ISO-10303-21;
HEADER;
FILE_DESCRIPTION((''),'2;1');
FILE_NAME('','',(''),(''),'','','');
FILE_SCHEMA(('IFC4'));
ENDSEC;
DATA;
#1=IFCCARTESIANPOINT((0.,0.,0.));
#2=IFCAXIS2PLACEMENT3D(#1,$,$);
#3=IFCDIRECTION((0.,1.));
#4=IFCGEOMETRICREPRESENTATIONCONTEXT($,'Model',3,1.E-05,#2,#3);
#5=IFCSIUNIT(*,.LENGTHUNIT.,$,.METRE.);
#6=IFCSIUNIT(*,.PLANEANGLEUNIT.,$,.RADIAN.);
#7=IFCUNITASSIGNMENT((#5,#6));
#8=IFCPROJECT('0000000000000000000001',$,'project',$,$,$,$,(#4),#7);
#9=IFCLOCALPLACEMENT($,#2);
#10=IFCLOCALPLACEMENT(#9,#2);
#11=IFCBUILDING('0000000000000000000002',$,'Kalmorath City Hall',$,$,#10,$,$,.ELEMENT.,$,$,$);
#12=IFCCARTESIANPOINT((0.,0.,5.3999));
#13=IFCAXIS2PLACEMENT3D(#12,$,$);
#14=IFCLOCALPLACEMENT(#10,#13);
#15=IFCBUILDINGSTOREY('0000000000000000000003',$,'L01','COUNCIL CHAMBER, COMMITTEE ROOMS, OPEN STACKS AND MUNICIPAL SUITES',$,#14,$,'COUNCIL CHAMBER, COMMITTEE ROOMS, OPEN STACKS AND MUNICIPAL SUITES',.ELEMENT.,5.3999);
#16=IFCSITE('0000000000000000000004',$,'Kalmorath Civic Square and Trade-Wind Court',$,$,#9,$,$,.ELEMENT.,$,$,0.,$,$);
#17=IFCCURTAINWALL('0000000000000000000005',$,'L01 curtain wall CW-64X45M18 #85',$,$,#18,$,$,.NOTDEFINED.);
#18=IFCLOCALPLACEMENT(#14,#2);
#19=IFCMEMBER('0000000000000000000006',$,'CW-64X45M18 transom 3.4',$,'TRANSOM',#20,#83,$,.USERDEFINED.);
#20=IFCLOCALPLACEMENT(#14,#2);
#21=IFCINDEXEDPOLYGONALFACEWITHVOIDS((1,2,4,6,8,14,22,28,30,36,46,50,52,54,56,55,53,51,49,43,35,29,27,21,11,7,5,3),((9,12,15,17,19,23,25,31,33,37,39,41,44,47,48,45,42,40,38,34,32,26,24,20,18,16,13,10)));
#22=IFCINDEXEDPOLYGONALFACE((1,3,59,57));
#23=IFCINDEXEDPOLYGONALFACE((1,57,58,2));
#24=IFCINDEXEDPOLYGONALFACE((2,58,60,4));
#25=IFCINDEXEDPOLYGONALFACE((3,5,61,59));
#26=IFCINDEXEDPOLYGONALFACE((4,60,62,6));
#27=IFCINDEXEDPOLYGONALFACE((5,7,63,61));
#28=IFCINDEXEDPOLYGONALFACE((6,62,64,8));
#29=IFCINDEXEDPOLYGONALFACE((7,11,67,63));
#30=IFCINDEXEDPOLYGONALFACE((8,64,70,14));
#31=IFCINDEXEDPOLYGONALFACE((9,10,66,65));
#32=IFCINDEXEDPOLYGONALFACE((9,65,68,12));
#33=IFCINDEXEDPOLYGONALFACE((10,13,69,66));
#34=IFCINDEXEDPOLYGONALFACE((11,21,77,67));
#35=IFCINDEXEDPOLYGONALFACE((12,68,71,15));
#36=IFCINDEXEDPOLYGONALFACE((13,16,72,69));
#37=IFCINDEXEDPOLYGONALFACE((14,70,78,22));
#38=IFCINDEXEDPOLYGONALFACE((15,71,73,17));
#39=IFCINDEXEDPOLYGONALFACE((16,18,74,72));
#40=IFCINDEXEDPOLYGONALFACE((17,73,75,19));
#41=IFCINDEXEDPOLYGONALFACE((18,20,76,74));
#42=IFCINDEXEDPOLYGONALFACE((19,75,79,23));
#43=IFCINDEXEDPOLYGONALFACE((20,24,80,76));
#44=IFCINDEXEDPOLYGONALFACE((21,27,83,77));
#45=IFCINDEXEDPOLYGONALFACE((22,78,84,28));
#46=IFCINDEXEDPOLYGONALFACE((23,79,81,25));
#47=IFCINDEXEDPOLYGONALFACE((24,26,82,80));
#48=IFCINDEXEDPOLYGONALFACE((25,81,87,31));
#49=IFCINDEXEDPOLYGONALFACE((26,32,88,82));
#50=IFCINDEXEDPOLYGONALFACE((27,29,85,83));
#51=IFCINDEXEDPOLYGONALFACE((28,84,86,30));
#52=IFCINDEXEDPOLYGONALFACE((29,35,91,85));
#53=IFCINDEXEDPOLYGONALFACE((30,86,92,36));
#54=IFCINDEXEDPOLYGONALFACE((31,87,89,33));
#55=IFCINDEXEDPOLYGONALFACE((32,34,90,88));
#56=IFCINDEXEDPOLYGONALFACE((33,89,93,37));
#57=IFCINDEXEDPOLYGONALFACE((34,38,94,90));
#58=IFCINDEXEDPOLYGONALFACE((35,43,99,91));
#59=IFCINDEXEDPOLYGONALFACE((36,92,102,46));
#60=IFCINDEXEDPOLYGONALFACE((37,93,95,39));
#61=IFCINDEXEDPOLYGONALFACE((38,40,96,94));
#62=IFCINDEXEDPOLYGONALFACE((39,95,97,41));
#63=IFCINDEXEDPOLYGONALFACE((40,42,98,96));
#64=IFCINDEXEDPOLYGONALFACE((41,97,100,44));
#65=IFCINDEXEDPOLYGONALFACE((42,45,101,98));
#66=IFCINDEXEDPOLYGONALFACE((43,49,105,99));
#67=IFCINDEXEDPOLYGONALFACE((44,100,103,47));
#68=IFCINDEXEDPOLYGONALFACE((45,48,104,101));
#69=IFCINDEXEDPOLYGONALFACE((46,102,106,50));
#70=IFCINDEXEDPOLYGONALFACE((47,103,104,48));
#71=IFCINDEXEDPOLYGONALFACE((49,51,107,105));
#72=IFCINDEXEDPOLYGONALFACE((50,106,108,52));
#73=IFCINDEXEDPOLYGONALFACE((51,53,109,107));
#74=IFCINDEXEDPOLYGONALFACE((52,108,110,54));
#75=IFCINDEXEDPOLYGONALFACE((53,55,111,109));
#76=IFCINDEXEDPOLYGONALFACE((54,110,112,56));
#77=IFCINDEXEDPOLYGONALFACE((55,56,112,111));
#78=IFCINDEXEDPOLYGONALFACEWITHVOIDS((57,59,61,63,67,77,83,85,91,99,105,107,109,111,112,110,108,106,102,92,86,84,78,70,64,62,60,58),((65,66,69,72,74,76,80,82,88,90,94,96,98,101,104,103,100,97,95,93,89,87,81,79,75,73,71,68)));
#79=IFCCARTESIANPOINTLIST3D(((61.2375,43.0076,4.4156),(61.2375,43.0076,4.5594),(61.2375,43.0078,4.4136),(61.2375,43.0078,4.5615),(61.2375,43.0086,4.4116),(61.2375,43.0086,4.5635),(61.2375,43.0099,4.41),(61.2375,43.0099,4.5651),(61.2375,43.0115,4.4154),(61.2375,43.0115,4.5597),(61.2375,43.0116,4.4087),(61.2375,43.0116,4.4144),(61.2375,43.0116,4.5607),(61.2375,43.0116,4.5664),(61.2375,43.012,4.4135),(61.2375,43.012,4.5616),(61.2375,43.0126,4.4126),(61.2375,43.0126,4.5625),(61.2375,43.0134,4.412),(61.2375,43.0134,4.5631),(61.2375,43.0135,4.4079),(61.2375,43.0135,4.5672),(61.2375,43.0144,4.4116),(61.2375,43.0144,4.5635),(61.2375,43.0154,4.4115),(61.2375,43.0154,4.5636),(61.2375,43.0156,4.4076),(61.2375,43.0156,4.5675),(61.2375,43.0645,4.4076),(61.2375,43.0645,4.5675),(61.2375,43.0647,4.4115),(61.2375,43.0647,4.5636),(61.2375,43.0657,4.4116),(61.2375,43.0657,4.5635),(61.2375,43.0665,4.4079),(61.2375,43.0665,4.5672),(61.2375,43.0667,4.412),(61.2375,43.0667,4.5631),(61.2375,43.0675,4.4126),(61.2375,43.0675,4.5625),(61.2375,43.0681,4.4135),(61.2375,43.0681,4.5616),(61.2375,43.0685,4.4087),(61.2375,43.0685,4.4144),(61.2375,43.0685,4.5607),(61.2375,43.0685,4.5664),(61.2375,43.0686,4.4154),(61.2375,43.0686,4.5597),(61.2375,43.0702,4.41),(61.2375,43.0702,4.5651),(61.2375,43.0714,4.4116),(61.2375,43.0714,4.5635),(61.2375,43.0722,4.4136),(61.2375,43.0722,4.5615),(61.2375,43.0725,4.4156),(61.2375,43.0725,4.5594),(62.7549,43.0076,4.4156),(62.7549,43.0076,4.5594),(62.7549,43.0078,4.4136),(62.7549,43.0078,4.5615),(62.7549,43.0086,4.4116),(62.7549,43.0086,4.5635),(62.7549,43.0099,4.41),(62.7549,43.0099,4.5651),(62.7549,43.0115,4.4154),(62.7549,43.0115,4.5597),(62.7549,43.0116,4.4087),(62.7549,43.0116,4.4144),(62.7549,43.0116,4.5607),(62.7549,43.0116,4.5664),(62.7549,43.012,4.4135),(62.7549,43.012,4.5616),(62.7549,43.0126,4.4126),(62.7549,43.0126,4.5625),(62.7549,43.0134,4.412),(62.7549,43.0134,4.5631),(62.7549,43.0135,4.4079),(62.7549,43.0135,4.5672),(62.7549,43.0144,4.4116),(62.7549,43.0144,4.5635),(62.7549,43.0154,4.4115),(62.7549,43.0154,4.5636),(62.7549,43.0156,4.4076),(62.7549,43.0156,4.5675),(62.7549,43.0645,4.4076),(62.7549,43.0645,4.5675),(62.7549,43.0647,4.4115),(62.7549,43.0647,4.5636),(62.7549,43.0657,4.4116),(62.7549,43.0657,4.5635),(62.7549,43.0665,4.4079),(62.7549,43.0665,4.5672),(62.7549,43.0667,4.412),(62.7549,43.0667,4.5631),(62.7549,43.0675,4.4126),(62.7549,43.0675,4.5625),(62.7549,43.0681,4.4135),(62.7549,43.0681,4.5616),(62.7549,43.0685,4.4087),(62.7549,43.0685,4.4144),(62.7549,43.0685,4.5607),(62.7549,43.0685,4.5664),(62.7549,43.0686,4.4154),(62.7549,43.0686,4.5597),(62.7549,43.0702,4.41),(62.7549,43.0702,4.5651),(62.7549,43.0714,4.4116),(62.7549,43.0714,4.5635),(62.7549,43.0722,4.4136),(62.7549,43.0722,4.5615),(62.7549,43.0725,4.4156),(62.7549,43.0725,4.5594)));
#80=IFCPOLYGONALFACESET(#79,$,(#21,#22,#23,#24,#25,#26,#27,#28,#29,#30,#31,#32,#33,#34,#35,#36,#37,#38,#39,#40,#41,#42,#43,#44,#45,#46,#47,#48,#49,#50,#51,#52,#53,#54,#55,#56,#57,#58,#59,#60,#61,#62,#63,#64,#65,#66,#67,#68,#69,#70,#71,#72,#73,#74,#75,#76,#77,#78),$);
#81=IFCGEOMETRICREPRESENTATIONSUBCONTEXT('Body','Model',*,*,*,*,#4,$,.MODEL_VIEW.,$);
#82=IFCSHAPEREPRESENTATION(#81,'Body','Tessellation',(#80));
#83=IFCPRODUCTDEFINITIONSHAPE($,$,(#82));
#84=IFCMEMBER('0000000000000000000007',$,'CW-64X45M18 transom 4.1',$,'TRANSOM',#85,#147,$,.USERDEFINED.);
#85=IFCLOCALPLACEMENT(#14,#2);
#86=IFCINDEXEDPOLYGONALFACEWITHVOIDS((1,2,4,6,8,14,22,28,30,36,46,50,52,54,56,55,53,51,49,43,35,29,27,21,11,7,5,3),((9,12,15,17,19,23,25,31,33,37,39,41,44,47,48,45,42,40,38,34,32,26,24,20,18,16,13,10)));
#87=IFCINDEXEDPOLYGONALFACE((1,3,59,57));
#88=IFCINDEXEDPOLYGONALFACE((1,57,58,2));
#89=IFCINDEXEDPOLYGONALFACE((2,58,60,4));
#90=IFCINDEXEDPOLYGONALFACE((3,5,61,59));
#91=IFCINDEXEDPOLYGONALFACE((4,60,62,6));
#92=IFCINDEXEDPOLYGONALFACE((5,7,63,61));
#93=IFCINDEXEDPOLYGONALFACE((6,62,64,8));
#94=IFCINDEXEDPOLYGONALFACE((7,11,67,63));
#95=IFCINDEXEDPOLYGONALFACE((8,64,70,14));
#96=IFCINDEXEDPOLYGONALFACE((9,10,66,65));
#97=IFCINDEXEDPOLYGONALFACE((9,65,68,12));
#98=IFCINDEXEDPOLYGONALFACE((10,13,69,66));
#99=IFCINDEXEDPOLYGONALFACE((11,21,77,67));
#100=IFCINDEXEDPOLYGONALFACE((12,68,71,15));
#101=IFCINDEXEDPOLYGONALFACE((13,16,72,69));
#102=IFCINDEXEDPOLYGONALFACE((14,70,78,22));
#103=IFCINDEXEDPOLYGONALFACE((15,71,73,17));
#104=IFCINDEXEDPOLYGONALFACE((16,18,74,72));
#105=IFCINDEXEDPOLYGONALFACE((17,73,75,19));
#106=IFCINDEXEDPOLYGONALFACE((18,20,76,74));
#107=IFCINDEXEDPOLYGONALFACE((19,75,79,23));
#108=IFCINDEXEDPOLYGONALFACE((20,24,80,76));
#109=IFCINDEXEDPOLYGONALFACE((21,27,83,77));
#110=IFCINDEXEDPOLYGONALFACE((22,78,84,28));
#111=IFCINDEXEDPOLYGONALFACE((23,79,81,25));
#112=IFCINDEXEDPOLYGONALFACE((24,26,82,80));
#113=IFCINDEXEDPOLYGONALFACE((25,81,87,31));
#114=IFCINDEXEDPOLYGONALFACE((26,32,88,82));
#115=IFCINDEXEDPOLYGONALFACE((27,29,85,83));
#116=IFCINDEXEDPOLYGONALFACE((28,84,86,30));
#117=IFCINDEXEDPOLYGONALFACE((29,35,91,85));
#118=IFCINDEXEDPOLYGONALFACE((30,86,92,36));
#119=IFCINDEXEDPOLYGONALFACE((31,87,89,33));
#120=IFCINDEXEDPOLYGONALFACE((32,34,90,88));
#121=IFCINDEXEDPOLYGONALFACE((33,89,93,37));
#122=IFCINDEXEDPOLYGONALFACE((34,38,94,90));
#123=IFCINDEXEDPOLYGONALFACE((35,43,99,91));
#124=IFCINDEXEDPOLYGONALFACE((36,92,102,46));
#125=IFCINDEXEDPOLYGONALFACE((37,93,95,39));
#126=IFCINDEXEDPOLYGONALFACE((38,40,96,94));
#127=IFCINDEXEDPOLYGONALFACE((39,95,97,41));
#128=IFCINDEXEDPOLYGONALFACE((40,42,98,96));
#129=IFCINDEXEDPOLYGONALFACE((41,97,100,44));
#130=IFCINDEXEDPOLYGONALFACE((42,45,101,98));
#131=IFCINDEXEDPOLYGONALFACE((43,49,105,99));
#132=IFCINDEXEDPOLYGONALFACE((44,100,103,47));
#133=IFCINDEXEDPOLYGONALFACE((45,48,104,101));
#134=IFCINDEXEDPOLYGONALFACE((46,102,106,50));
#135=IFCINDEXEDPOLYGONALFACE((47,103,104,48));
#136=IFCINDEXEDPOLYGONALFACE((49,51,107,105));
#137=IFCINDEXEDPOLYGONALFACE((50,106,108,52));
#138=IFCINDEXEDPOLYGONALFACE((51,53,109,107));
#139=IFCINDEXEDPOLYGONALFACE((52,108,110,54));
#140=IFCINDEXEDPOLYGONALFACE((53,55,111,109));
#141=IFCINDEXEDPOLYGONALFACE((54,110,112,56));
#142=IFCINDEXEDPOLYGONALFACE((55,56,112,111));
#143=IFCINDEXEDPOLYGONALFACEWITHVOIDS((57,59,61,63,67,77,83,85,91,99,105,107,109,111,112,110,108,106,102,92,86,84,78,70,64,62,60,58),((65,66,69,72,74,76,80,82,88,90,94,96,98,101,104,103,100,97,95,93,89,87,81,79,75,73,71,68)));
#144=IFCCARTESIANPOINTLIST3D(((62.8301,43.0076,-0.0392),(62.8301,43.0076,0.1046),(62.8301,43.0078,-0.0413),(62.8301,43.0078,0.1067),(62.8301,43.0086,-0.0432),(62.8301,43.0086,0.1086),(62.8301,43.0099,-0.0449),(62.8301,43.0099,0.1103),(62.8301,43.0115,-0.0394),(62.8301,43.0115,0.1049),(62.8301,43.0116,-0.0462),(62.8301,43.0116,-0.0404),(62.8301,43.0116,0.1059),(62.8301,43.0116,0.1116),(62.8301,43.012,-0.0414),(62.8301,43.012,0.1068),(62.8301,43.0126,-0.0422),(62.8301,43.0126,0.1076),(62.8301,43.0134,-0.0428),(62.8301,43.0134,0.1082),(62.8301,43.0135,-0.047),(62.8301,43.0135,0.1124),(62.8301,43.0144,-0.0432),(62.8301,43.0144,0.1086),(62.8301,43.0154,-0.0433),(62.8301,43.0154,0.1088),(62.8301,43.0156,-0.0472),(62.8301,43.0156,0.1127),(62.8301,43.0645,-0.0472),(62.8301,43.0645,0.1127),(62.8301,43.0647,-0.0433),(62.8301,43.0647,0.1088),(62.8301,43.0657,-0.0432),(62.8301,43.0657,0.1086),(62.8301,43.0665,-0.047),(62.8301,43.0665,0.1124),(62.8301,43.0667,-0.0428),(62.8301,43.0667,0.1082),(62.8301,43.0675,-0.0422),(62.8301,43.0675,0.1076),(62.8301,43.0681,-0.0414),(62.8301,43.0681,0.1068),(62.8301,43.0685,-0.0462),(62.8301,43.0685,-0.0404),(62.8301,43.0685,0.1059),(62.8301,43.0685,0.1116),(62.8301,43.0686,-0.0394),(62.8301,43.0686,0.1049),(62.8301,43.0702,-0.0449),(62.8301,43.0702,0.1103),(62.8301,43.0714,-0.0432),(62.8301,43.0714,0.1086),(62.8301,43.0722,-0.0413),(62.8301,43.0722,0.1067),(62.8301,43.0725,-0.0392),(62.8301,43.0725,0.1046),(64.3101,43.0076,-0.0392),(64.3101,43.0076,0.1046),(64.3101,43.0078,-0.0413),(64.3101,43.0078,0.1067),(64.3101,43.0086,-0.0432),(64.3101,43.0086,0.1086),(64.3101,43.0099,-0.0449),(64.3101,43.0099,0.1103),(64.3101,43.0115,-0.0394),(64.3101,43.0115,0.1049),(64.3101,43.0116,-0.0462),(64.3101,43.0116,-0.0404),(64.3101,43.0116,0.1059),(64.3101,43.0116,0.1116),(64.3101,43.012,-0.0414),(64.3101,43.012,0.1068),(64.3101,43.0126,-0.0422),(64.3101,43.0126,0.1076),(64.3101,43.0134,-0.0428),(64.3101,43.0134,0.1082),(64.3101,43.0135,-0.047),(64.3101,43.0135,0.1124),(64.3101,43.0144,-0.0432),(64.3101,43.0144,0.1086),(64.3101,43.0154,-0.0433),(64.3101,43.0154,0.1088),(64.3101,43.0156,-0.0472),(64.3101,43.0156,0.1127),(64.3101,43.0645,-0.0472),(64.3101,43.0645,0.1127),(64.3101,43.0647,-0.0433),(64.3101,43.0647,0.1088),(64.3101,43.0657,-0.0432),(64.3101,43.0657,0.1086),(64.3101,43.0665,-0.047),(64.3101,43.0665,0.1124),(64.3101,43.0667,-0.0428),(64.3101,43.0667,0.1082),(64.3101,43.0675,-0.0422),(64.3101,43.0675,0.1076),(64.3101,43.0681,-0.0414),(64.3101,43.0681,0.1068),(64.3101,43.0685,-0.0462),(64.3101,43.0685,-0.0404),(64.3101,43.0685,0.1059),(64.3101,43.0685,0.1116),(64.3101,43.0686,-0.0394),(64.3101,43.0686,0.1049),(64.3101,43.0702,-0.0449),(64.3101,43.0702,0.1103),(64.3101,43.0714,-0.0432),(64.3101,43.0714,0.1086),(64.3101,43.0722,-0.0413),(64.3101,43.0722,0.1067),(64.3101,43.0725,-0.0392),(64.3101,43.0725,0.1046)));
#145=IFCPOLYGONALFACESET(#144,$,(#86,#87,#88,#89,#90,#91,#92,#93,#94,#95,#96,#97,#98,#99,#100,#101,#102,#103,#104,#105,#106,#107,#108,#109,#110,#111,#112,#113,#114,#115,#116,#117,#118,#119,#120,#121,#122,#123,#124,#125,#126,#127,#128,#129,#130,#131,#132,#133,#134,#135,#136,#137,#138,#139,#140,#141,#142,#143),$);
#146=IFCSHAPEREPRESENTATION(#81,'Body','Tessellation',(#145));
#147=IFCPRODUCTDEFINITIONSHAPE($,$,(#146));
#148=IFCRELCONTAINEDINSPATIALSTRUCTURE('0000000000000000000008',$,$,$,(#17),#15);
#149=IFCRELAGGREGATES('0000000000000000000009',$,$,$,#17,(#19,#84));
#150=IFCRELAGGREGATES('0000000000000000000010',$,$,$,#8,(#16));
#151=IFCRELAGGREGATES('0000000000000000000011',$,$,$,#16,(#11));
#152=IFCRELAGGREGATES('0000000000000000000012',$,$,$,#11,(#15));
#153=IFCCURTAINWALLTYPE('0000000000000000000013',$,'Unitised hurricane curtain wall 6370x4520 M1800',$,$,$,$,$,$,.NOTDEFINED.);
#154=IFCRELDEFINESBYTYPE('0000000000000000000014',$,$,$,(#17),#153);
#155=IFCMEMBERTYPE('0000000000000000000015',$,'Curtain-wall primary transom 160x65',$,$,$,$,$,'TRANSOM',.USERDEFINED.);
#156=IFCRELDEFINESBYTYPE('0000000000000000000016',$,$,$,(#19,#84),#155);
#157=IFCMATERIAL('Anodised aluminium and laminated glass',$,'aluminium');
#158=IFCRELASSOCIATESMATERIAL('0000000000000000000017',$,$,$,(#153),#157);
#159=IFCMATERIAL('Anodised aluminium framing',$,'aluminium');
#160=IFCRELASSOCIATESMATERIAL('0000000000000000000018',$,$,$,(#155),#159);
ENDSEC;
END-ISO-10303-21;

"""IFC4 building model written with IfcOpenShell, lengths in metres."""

from ifc_helpers import new_model, si_unit, direction, frame, origin, origin_2d, place, context, subcontext, project, spatial, hollow_rectangle, extrude, material, material_profile, profile_set, type_object, element, aggregate, save


model = new_model("IFC4")

# Units and contexts
model_context = context("Model", 3, precision=1e-05, world=origin(), true_north=direction((0.0, 1.0)))
body_context = subcontext(model_context, "Body", "Model", "MODEL_VIEW")
ifc_project = project(units=[si_unit("LENGTHUNIT", "METRE"), si_unit("PLANEANGLEUNIT", "RADIAN")], contexts=[model_context])

# Site, building, storey
site_placement = place(None, origin())
site = spatial("IfcSite", under=ifc_project, at=site_placement, Name="Kalmorath Civic Square and Trade-Wind Court", CompositionType="ELEMENT", RefElevation=0.0)
building_placement = place(site_placement, origin())
building = spatial("IfcBuilding", under=site, at=building_placement, Name="Kalmorath City Hall", CompositionType="ELEMENT")
storey_placement = place(building_placement, frame((0.0, 0.0, 5.3999)))
storey = spatial("IfcBuildingStorey", under=building, at=storey_placement, Name="L01", Description="COUNCIL CHAMBER, COMMITTEE ROOMS, OPEN STACKS AND MUNICIPAL SUITES", LongName="COUNCIL CHAMBER, COMMITTEE ROOMS, OPEN STACKS AND MUNICIPAL SUITES", CompositionType="ELEMENT", Elevation=5.3999)

# Curtain wall
ifc_material_1 = material(Name="Anodised aluminium and laminated glass", Category="aluminium")
curtain_wall_type_1 = type_object("IfcCurtainWallType", Name="Unitised hurricane curtain wall 6370x4520 M1800", PredefinedType="NOTDEFINED", material=ifc_material_1)
curtain_wall_1_placement = place(storey_placement, origin())
curtain_wall_1 = element("IfcCurtainWall", 1, at=curtain_wall_1_placement, inside=storey, type_object=curtain_wall_type_1, Name="L01 curtain wall CW-64X45M18 #85", PredefinedType="NOTDEFINED")

# Shared definitions
ifc_material_2 = material(Name="Anodised aluminium framing", Category="aluminium")
ifc_material_profile_1 = material_profile(ifc_material_2, hollow_rectangle(XDim=0.0649, YDim=0.1599, WallThickness=0.0039, InnerFilletRadius=0.0039, OuterFilletRadius=0.0081, at=origin_2d()), Name="ALU-TRN-160X65X4")
ifc_profile_set_1 = profile_set([ifc_material_profile_1], Name="Anodised aluminium framing")
member_type_1 = type_object("IfcMemberType", Name="Curtain-wall primary transom 160x65", ElementType="TRANSOM", PredefinedType="USERDEFINED", material=ifc_profile_set_1)

# Members
member_1_placement = place(storey_placement, frame((61.2375, 43.04, 4.4875), z_axis=(1.0, 0.0, 0.0), x_axis=(0.0, 1.0, 0.0)))
member_1 = element("IfcMember", 2, at=member_1_placement, type_object=member_type_1, Name="CW-64X45M18 transom 3.4", ObjectType="TRANSOM", PredefinedType="USERDEFINED", context=body_context, shape_type="SweptSolid", body=[
    extrude(hollow_rectangle(XDim=0.0649, YDim=0.1599, WallThickness=0.0039, InnerFilletRadius=0.0039, OuterFilletRadius=0.0081, at=origin_2d()), origin(), (0.0, 0.0, 1.0), 1.5173),
])
member_2_placement = place(storey_placement, frame((62.8301, 43.04, 0.0327), z_axis=(1.0, 0.0, 0.0), x_axis=(0.0, 1.0, 0.0)))
member_2 = element("IfcMember", 3, at=member_2_placement, type_object=member_type_1, Name="CW-64X45M18 transom 4.1", ObjectType="TRANSOM", PredefinedType="USERDEFINED", context=body_context, shape_type="SweptSolid", body=[
    extrude(hollow_rectangle(XDim=0.0649, YDim=0.1599, WallThickness=0.0039, InnerFilletRadius=0.0039, OuterFilletRadius=0.0081, at=origin_2d()), origin(), (0.0, 0.0, 1.0), 1.48),
])

aggregate(curtain_wall_1, [member_1, member_2])

save(model, "model.ifc")
